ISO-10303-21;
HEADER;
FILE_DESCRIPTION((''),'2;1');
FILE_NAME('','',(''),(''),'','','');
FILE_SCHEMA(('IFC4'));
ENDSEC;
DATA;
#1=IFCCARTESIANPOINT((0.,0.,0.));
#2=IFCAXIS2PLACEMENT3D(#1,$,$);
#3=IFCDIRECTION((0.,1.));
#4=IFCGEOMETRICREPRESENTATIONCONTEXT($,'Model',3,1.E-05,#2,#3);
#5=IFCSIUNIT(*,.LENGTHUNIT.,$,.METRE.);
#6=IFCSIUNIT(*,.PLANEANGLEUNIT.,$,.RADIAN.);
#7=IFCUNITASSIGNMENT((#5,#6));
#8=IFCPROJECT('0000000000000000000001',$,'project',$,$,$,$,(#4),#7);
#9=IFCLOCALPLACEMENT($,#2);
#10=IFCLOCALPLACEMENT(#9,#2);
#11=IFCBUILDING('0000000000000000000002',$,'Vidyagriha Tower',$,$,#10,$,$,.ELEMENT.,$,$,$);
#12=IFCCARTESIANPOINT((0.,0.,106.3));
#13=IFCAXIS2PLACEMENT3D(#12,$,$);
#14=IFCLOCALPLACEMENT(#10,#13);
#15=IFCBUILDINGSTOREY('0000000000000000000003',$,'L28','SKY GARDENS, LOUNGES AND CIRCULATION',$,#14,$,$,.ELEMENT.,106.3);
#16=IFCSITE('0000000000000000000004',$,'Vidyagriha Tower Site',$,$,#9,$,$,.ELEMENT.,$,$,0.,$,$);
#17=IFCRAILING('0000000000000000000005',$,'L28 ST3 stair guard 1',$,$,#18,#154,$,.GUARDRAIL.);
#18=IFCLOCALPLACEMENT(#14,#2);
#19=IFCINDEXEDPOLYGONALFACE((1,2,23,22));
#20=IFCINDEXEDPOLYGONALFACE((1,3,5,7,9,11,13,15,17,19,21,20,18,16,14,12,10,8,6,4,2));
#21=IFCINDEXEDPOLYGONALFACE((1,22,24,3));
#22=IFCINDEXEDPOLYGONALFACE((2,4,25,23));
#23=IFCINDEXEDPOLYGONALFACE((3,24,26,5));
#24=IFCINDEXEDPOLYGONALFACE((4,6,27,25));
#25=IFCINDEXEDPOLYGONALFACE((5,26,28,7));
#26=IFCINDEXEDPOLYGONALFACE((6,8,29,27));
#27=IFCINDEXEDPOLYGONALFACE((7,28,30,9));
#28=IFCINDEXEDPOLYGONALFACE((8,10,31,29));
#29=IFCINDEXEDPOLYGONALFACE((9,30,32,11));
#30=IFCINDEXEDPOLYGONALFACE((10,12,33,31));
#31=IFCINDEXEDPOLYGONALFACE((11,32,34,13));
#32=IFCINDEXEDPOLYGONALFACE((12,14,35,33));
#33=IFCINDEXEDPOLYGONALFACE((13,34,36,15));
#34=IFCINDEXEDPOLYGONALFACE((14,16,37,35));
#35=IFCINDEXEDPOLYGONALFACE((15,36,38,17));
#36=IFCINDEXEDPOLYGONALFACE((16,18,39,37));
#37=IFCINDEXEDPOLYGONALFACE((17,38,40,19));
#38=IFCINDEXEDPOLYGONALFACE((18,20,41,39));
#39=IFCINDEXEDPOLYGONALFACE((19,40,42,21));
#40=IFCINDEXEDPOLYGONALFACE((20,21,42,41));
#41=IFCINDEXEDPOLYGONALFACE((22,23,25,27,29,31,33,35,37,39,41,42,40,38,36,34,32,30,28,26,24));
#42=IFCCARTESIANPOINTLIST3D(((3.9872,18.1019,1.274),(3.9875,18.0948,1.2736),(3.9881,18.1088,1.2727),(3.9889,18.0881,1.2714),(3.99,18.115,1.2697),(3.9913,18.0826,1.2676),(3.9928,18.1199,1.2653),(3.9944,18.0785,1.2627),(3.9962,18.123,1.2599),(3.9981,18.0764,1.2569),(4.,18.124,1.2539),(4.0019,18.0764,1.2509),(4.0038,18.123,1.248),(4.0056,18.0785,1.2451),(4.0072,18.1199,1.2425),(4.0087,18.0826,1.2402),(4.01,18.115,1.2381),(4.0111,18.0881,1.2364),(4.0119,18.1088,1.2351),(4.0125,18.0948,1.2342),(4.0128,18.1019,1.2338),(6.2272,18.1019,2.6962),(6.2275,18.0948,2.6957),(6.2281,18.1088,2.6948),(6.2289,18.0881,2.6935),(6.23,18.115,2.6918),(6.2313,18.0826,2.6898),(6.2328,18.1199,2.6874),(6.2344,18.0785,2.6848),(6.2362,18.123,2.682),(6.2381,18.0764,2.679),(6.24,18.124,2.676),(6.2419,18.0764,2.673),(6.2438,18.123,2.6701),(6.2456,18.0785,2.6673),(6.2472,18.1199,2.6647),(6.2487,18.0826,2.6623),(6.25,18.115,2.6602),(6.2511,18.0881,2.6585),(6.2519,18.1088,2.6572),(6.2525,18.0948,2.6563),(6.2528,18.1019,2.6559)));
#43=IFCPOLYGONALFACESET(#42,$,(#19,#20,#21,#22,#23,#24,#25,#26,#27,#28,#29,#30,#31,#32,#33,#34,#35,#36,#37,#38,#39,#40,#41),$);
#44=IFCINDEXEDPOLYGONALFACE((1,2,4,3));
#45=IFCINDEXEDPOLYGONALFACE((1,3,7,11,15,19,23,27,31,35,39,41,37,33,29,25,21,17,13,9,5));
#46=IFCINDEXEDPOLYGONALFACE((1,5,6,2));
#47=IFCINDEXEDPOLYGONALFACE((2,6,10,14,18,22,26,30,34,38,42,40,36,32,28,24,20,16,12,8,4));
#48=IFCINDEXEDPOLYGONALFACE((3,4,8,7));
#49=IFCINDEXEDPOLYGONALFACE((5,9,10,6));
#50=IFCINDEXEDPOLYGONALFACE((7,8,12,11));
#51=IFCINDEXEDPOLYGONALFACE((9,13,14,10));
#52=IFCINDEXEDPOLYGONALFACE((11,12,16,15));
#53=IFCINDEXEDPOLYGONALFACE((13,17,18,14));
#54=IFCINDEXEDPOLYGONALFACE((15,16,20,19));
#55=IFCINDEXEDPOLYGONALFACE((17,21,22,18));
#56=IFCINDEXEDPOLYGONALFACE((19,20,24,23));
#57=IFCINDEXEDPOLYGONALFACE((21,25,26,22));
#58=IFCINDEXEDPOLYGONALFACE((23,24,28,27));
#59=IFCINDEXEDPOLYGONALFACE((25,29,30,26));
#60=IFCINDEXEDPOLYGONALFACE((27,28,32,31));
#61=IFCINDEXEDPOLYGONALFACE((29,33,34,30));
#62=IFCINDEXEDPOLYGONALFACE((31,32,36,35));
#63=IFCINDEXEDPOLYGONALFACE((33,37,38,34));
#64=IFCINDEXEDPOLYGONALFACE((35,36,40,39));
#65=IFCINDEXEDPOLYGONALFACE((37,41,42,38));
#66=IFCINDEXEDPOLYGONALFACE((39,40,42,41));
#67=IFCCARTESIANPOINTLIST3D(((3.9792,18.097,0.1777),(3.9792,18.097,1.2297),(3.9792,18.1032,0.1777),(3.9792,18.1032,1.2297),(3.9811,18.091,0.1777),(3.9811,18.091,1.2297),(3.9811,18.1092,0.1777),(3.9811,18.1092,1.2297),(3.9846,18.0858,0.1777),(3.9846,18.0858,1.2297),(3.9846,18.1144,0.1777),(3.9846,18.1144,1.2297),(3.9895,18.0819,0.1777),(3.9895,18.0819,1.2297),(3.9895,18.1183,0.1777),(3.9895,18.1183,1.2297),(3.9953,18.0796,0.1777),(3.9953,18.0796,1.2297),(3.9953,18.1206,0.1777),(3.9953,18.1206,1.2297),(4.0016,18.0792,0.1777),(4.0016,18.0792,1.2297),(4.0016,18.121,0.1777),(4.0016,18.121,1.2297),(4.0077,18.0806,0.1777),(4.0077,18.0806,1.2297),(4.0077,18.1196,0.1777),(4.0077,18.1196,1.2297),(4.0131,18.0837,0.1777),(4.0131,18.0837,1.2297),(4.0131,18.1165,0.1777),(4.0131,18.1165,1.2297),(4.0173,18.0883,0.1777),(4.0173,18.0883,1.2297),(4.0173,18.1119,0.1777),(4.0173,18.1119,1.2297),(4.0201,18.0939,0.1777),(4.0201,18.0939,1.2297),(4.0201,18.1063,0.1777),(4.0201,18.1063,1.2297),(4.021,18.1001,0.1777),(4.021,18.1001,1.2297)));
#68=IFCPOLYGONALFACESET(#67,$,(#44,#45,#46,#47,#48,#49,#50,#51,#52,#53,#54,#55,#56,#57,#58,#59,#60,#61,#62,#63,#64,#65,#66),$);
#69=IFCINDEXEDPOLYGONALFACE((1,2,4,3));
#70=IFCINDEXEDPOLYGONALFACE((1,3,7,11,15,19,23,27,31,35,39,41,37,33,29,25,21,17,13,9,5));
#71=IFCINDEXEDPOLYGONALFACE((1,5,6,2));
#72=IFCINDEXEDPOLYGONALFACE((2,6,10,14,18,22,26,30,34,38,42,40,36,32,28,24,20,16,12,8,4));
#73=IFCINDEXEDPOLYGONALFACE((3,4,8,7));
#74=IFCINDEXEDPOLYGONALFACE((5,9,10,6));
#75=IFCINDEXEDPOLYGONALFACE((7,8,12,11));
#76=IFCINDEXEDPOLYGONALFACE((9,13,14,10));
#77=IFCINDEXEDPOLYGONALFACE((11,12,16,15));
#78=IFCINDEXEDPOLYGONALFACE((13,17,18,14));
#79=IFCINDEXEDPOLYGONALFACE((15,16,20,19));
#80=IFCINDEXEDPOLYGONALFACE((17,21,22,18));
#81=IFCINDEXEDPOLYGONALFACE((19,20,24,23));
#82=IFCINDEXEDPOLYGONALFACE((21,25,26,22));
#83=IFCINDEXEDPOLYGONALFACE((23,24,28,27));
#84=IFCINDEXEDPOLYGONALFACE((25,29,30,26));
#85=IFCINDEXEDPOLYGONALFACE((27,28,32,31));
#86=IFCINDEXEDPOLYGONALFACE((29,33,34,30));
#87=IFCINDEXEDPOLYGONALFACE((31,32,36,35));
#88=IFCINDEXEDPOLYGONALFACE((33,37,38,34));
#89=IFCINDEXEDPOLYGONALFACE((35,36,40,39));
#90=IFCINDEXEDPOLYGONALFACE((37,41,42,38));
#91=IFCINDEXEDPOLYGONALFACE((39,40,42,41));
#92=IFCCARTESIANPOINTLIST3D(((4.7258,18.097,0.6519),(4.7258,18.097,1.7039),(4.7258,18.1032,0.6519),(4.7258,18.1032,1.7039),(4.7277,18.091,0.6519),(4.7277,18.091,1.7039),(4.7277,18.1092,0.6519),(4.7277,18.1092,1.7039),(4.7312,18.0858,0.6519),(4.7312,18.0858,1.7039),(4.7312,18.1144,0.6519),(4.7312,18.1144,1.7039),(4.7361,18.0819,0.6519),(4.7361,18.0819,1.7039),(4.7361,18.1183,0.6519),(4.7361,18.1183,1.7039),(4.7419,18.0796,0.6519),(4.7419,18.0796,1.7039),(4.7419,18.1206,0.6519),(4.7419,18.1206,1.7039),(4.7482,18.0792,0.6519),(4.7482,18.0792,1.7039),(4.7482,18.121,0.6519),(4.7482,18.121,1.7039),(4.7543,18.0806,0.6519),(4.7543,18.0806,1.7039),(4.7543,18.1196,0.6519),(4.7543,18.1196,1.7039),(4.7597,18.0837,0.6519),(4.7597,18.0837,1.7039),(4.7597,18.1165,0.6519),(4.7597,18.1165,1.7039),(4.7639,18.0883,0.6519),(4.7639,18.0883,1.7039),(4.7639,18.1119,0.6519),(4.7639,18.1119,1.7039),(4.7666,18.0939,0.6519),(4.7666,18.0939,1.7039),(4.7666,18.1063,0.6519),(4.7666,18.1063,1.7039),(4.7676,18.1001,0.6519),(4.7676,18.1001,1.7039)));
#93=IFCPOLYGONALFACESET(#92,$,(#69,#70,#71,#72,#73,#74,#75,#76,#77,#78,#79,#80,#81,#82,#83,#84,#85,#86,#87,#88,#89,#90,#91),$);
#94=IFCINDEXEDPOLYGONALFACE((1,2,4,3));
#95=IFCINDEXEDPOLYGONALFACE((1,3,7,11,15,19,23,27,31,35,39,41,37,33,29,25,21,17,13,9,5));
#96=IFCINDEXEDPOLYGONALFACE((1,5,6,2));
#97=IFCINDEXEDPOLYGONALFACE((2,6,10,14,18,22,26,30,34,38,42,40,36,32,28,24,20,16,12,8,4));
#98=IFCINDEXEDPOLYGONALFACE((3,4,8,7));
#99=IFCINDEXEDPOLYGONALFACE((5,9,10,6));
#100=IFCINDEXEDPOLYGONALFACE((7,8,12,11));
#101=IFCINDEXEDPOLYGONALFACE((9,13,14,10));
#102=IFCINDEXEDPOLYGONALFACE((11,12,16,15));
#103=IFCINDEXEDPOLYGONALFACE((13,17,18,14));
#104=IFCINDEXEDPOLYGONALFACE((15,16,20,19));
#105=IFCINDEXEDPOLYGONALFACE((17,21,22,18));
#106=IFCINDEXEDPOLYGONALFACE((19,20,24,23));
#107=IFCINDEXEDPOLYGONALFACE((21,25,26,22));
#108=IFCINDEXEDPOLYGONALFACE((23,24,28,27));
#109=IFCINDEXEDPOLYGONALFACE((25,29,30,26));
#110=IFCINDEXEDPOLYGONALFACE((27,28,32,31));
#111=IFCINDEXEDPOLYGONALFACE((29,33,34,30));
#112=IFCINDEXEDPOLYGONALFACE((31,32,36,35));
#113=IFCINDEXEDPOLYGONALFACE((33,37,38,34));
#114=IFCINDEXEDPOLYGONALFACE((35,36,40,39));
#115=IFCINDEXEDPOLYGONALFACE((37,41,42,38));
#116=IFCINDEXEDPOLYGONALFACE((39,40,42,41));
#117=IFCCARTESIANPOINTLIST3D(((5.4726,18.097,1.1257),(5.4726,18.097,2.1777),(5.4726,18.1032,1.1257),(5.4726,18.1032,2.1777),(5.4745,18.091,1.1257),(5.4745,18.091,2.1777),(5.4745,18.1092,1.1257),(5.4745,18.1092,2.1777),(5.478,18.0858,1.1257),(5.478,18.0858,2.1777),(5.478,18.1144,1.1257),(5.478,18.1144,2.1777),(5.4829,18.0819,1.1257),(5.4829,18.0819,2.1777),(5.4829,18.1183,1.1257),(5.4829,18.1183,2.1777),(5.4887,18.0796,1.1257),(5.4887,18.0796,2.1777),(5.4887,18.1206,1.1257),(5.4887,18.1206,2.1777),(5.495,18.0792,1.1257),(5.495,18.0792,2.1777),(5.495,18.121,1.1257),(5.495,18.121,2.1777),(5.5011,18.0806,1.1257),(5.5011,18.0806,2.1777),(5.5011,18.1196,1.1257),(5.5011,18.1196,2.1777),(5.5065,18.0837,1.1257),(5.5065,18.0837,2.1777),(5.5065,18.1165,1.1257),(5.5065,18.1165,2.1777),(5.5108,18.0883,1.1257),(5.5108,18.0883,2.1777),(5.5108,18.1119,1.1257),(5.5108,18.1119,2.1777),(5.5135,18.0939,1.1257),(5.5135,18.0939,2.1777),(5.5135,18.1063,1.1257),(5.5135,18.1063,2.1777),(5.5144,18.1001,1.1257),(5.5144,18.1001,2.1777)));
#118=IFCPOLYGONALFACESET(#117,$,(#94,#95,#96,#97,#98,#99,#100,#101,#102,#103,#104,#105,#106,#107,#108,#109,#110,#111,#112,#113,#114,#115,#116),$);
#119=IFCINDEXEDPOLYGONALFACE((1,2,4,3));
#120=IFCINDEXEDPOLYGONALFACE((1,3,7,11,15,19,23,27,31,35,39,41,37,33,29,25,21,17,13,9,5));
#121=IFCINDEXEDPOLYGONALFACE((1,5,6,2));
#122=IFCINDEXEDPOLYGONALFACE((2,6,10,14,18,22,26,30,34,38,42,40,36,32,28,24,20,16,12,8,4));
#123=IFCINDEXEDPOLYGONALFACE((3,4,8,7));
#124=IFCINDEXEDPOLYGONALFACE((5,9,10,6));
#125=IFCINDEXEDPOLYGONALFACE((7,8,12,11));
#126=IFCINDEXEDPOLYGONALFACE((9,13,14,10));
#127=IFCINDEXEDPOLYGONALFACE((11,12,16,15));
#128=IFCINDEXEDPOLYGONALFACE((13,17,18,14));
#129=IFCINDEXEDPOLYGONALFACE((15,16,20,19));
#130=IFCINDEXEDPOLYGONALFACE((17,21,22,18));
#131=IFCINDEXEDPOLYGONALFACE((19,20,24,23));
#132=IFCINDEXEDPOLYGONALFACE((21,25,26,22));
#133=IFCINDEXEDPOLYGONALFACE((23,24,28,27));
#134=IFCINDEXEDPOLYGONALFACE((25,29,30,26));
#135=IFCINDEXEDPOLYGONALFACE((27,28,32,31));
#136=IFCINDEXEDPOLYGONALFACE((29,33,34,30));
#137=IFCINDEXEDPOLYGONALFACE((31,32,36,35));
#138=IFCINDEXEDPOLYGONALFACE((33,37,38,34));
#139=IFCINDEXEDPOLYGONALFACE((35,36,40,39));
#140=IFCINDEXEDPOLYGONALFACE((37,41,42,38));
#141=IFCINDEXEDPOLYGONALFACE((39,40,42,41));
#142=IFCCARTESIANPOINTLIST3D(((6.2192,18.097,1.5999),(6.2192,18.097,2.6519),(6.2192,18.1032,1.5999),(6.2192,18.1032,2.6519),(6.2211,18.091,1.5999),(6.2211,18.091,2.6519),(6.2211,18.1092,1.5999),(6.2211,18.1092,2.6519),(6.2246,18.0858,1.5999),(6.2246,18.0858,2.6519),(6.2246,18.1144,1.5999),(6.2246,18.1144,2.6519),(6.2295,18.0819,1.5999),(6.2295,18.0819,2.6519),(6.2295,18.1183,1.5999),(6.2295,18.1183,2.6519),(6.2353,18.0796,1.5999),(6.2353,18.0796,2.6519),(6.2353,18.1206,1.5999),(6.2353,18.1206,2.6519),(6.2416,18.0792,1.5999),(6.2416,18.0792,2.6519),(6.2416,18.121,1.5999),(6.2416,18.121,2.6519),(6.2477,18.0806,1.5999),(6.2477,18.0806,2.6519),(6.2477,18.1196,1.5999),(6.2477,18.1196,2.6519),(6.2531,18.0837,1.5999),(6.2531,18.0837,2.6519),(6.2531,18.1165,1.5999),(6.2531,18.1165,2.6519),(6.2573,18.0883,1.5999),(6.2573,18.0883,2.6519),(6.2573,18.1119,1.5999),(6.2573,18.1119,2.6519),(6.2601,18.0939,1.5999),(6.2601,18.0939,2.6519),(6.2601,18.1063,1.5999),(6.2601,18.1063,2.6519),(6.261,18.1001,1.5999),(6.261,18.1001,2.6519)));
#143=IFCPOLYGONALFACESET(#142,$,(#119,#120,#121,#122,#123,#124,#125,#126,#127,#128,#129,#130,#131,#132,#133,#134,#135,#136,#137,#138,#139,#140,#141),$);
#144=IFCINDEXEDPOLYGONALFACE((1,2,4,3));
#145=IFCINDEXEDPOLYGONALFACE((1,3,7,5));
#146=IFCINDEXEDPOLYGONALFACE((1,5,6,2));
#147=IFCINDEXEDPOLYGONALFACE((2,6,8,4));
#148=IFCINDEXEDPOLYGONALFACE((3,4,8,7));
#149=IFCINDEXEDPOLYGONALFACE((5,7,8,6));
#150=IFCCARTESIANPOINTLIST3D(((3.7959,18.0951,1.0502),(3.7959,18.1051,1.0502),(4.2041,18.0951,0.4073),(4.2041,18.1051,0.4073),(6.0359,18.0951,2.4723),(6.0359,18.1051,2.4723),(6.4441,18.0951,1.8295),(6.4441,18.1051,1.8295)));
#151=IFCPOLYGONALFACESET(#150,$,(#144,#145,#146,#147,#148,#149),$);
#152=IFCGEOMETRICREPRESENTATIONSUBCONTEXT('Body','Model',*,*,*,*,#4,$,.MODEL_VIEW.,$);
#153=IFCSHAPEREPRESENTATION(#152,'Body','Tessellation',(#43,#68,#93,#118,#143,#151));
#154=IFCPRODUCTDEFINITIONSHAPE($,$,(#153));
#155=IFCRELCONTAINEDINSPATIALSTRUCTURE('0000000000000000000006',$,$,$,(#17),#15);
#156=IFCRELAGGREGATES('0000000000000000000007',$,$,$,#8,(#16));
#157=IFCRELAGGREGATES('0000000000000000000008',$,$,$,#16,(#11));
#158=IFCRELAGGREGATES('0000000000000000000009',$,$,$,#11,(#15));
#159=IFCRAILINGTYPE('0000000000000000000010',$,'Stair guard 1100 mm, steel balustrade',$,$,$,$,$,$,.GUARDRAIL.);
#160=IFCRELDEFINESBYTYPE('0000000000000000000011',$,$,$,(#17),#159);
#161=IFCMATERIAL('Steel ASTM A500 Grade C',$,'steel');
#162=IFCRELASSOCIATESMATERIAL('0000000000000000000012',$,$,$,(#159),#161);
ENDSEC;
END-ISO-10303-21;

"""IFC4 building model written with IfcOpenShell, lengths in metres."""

from ifc_helpers import new_model, si_unit, direction, frame, origin, origin_2d, place, context, subcontext, project, spatial, rectangle, circle, extrude, material, type_object, element, save


model = new_model("IFC4")

# Units and contexts
model_context = context("Model", 3, precision=1e-05, world=origin(), true_north=direction((0.0, 1.0)))
body_context = subcontext(model_context, "Body", "Model", "MODEL_VIEW")
ifc_project = project(units=[si_unit("LENGTHUNIT", "METRE"), si_unit("PLANEANGLEUNIT", "RADIAN")], contexts=[model_context])

# Site, building, storey
site_placement = place(None, origin())
site = spatial("IfcSite", under=ifc_project, at=site_placement, Name="Vidyagriha Tower Site", CompositionType="ELEMENT", RefElevation=0.0)
building_placement = place(site_placement, origin())
building = spatial("IfcBuilding", under=site, at=building_placement, Name="Vidyagriha Tower", CompositionType="ELEMENT")
storey_placement = place(building_placement, frame((0.0, 0.0, 106.3)))
storey = spatial("IfcBuildingStorey", under=building, at=storey_placement, Name="L28", Description="SKY GARDENS, LOUNGES AND CIRCULATION", CompositionType="ELEMENT", Elevation=106.3)

# Railing
ifc_material_1 = material(Name="Steel ASTM A500 Grade C", Category="steel")
railing_type_1 = type_object("IfcRailingType", Name="Stair guard 1100 mm, steel balustrade", PredefinedType="GUARDRAIL", material=ifc_material_1)
railing_1_placement = place(storey_placement, frame((4.0, 18.1001, 0.1777)))
element("IfcRailing", 1, at=railing_1_placement, inside=storey, type_object=railing_type_1, Name="L28 ST3 stair guard 1", PredefinedType="GUARDRAIL", context=body_context, shape_type="SweptSolid", body=[
    extrude(circle(Radius=0.0239, at=origin_2d()), frame((0.0, 0.0, 1.0762), z_axis=(0.844229, 0.0, 0.535982), x_axis=(0.0, 1.0, 0.0)), (0.0, 0.0, 1.0), 2.6533),
    extrude(circle(Radius=0.021, at=origin_2d()), origin(), (0.0, 0.0, 1.0), 1.052),
    extrude(circle(Radius=0.021, at=origin_2d()), frame((0.7466, 0.0, 0.4741)), (0.0, 0.0, 1.0), 1.052),
    extrude(circle(Radius=0.021, at=origin_2d()), frame((1.4934, 0.0, 0.948)), (0.0, 0.0, 1.0), 1.052),
    extrude(circle(Radius=0.021, at=origin_2d()), frame((2.24, 0.0, 1.4221)), (0.0, 0.0, 1.0), 1.052),
    extrude(rectangle(XDim=0.01, YDim=0.7615, at=origin_2d()), frame((0.0, 0.0, 0.551), z_axis=(0.844229, 0.0, 0.535982), x_axis=(0.0, 1.0, 0.0)), (0.0, 0.0, 1.0), 2.6533),
])

save(model, "model.ifc")
